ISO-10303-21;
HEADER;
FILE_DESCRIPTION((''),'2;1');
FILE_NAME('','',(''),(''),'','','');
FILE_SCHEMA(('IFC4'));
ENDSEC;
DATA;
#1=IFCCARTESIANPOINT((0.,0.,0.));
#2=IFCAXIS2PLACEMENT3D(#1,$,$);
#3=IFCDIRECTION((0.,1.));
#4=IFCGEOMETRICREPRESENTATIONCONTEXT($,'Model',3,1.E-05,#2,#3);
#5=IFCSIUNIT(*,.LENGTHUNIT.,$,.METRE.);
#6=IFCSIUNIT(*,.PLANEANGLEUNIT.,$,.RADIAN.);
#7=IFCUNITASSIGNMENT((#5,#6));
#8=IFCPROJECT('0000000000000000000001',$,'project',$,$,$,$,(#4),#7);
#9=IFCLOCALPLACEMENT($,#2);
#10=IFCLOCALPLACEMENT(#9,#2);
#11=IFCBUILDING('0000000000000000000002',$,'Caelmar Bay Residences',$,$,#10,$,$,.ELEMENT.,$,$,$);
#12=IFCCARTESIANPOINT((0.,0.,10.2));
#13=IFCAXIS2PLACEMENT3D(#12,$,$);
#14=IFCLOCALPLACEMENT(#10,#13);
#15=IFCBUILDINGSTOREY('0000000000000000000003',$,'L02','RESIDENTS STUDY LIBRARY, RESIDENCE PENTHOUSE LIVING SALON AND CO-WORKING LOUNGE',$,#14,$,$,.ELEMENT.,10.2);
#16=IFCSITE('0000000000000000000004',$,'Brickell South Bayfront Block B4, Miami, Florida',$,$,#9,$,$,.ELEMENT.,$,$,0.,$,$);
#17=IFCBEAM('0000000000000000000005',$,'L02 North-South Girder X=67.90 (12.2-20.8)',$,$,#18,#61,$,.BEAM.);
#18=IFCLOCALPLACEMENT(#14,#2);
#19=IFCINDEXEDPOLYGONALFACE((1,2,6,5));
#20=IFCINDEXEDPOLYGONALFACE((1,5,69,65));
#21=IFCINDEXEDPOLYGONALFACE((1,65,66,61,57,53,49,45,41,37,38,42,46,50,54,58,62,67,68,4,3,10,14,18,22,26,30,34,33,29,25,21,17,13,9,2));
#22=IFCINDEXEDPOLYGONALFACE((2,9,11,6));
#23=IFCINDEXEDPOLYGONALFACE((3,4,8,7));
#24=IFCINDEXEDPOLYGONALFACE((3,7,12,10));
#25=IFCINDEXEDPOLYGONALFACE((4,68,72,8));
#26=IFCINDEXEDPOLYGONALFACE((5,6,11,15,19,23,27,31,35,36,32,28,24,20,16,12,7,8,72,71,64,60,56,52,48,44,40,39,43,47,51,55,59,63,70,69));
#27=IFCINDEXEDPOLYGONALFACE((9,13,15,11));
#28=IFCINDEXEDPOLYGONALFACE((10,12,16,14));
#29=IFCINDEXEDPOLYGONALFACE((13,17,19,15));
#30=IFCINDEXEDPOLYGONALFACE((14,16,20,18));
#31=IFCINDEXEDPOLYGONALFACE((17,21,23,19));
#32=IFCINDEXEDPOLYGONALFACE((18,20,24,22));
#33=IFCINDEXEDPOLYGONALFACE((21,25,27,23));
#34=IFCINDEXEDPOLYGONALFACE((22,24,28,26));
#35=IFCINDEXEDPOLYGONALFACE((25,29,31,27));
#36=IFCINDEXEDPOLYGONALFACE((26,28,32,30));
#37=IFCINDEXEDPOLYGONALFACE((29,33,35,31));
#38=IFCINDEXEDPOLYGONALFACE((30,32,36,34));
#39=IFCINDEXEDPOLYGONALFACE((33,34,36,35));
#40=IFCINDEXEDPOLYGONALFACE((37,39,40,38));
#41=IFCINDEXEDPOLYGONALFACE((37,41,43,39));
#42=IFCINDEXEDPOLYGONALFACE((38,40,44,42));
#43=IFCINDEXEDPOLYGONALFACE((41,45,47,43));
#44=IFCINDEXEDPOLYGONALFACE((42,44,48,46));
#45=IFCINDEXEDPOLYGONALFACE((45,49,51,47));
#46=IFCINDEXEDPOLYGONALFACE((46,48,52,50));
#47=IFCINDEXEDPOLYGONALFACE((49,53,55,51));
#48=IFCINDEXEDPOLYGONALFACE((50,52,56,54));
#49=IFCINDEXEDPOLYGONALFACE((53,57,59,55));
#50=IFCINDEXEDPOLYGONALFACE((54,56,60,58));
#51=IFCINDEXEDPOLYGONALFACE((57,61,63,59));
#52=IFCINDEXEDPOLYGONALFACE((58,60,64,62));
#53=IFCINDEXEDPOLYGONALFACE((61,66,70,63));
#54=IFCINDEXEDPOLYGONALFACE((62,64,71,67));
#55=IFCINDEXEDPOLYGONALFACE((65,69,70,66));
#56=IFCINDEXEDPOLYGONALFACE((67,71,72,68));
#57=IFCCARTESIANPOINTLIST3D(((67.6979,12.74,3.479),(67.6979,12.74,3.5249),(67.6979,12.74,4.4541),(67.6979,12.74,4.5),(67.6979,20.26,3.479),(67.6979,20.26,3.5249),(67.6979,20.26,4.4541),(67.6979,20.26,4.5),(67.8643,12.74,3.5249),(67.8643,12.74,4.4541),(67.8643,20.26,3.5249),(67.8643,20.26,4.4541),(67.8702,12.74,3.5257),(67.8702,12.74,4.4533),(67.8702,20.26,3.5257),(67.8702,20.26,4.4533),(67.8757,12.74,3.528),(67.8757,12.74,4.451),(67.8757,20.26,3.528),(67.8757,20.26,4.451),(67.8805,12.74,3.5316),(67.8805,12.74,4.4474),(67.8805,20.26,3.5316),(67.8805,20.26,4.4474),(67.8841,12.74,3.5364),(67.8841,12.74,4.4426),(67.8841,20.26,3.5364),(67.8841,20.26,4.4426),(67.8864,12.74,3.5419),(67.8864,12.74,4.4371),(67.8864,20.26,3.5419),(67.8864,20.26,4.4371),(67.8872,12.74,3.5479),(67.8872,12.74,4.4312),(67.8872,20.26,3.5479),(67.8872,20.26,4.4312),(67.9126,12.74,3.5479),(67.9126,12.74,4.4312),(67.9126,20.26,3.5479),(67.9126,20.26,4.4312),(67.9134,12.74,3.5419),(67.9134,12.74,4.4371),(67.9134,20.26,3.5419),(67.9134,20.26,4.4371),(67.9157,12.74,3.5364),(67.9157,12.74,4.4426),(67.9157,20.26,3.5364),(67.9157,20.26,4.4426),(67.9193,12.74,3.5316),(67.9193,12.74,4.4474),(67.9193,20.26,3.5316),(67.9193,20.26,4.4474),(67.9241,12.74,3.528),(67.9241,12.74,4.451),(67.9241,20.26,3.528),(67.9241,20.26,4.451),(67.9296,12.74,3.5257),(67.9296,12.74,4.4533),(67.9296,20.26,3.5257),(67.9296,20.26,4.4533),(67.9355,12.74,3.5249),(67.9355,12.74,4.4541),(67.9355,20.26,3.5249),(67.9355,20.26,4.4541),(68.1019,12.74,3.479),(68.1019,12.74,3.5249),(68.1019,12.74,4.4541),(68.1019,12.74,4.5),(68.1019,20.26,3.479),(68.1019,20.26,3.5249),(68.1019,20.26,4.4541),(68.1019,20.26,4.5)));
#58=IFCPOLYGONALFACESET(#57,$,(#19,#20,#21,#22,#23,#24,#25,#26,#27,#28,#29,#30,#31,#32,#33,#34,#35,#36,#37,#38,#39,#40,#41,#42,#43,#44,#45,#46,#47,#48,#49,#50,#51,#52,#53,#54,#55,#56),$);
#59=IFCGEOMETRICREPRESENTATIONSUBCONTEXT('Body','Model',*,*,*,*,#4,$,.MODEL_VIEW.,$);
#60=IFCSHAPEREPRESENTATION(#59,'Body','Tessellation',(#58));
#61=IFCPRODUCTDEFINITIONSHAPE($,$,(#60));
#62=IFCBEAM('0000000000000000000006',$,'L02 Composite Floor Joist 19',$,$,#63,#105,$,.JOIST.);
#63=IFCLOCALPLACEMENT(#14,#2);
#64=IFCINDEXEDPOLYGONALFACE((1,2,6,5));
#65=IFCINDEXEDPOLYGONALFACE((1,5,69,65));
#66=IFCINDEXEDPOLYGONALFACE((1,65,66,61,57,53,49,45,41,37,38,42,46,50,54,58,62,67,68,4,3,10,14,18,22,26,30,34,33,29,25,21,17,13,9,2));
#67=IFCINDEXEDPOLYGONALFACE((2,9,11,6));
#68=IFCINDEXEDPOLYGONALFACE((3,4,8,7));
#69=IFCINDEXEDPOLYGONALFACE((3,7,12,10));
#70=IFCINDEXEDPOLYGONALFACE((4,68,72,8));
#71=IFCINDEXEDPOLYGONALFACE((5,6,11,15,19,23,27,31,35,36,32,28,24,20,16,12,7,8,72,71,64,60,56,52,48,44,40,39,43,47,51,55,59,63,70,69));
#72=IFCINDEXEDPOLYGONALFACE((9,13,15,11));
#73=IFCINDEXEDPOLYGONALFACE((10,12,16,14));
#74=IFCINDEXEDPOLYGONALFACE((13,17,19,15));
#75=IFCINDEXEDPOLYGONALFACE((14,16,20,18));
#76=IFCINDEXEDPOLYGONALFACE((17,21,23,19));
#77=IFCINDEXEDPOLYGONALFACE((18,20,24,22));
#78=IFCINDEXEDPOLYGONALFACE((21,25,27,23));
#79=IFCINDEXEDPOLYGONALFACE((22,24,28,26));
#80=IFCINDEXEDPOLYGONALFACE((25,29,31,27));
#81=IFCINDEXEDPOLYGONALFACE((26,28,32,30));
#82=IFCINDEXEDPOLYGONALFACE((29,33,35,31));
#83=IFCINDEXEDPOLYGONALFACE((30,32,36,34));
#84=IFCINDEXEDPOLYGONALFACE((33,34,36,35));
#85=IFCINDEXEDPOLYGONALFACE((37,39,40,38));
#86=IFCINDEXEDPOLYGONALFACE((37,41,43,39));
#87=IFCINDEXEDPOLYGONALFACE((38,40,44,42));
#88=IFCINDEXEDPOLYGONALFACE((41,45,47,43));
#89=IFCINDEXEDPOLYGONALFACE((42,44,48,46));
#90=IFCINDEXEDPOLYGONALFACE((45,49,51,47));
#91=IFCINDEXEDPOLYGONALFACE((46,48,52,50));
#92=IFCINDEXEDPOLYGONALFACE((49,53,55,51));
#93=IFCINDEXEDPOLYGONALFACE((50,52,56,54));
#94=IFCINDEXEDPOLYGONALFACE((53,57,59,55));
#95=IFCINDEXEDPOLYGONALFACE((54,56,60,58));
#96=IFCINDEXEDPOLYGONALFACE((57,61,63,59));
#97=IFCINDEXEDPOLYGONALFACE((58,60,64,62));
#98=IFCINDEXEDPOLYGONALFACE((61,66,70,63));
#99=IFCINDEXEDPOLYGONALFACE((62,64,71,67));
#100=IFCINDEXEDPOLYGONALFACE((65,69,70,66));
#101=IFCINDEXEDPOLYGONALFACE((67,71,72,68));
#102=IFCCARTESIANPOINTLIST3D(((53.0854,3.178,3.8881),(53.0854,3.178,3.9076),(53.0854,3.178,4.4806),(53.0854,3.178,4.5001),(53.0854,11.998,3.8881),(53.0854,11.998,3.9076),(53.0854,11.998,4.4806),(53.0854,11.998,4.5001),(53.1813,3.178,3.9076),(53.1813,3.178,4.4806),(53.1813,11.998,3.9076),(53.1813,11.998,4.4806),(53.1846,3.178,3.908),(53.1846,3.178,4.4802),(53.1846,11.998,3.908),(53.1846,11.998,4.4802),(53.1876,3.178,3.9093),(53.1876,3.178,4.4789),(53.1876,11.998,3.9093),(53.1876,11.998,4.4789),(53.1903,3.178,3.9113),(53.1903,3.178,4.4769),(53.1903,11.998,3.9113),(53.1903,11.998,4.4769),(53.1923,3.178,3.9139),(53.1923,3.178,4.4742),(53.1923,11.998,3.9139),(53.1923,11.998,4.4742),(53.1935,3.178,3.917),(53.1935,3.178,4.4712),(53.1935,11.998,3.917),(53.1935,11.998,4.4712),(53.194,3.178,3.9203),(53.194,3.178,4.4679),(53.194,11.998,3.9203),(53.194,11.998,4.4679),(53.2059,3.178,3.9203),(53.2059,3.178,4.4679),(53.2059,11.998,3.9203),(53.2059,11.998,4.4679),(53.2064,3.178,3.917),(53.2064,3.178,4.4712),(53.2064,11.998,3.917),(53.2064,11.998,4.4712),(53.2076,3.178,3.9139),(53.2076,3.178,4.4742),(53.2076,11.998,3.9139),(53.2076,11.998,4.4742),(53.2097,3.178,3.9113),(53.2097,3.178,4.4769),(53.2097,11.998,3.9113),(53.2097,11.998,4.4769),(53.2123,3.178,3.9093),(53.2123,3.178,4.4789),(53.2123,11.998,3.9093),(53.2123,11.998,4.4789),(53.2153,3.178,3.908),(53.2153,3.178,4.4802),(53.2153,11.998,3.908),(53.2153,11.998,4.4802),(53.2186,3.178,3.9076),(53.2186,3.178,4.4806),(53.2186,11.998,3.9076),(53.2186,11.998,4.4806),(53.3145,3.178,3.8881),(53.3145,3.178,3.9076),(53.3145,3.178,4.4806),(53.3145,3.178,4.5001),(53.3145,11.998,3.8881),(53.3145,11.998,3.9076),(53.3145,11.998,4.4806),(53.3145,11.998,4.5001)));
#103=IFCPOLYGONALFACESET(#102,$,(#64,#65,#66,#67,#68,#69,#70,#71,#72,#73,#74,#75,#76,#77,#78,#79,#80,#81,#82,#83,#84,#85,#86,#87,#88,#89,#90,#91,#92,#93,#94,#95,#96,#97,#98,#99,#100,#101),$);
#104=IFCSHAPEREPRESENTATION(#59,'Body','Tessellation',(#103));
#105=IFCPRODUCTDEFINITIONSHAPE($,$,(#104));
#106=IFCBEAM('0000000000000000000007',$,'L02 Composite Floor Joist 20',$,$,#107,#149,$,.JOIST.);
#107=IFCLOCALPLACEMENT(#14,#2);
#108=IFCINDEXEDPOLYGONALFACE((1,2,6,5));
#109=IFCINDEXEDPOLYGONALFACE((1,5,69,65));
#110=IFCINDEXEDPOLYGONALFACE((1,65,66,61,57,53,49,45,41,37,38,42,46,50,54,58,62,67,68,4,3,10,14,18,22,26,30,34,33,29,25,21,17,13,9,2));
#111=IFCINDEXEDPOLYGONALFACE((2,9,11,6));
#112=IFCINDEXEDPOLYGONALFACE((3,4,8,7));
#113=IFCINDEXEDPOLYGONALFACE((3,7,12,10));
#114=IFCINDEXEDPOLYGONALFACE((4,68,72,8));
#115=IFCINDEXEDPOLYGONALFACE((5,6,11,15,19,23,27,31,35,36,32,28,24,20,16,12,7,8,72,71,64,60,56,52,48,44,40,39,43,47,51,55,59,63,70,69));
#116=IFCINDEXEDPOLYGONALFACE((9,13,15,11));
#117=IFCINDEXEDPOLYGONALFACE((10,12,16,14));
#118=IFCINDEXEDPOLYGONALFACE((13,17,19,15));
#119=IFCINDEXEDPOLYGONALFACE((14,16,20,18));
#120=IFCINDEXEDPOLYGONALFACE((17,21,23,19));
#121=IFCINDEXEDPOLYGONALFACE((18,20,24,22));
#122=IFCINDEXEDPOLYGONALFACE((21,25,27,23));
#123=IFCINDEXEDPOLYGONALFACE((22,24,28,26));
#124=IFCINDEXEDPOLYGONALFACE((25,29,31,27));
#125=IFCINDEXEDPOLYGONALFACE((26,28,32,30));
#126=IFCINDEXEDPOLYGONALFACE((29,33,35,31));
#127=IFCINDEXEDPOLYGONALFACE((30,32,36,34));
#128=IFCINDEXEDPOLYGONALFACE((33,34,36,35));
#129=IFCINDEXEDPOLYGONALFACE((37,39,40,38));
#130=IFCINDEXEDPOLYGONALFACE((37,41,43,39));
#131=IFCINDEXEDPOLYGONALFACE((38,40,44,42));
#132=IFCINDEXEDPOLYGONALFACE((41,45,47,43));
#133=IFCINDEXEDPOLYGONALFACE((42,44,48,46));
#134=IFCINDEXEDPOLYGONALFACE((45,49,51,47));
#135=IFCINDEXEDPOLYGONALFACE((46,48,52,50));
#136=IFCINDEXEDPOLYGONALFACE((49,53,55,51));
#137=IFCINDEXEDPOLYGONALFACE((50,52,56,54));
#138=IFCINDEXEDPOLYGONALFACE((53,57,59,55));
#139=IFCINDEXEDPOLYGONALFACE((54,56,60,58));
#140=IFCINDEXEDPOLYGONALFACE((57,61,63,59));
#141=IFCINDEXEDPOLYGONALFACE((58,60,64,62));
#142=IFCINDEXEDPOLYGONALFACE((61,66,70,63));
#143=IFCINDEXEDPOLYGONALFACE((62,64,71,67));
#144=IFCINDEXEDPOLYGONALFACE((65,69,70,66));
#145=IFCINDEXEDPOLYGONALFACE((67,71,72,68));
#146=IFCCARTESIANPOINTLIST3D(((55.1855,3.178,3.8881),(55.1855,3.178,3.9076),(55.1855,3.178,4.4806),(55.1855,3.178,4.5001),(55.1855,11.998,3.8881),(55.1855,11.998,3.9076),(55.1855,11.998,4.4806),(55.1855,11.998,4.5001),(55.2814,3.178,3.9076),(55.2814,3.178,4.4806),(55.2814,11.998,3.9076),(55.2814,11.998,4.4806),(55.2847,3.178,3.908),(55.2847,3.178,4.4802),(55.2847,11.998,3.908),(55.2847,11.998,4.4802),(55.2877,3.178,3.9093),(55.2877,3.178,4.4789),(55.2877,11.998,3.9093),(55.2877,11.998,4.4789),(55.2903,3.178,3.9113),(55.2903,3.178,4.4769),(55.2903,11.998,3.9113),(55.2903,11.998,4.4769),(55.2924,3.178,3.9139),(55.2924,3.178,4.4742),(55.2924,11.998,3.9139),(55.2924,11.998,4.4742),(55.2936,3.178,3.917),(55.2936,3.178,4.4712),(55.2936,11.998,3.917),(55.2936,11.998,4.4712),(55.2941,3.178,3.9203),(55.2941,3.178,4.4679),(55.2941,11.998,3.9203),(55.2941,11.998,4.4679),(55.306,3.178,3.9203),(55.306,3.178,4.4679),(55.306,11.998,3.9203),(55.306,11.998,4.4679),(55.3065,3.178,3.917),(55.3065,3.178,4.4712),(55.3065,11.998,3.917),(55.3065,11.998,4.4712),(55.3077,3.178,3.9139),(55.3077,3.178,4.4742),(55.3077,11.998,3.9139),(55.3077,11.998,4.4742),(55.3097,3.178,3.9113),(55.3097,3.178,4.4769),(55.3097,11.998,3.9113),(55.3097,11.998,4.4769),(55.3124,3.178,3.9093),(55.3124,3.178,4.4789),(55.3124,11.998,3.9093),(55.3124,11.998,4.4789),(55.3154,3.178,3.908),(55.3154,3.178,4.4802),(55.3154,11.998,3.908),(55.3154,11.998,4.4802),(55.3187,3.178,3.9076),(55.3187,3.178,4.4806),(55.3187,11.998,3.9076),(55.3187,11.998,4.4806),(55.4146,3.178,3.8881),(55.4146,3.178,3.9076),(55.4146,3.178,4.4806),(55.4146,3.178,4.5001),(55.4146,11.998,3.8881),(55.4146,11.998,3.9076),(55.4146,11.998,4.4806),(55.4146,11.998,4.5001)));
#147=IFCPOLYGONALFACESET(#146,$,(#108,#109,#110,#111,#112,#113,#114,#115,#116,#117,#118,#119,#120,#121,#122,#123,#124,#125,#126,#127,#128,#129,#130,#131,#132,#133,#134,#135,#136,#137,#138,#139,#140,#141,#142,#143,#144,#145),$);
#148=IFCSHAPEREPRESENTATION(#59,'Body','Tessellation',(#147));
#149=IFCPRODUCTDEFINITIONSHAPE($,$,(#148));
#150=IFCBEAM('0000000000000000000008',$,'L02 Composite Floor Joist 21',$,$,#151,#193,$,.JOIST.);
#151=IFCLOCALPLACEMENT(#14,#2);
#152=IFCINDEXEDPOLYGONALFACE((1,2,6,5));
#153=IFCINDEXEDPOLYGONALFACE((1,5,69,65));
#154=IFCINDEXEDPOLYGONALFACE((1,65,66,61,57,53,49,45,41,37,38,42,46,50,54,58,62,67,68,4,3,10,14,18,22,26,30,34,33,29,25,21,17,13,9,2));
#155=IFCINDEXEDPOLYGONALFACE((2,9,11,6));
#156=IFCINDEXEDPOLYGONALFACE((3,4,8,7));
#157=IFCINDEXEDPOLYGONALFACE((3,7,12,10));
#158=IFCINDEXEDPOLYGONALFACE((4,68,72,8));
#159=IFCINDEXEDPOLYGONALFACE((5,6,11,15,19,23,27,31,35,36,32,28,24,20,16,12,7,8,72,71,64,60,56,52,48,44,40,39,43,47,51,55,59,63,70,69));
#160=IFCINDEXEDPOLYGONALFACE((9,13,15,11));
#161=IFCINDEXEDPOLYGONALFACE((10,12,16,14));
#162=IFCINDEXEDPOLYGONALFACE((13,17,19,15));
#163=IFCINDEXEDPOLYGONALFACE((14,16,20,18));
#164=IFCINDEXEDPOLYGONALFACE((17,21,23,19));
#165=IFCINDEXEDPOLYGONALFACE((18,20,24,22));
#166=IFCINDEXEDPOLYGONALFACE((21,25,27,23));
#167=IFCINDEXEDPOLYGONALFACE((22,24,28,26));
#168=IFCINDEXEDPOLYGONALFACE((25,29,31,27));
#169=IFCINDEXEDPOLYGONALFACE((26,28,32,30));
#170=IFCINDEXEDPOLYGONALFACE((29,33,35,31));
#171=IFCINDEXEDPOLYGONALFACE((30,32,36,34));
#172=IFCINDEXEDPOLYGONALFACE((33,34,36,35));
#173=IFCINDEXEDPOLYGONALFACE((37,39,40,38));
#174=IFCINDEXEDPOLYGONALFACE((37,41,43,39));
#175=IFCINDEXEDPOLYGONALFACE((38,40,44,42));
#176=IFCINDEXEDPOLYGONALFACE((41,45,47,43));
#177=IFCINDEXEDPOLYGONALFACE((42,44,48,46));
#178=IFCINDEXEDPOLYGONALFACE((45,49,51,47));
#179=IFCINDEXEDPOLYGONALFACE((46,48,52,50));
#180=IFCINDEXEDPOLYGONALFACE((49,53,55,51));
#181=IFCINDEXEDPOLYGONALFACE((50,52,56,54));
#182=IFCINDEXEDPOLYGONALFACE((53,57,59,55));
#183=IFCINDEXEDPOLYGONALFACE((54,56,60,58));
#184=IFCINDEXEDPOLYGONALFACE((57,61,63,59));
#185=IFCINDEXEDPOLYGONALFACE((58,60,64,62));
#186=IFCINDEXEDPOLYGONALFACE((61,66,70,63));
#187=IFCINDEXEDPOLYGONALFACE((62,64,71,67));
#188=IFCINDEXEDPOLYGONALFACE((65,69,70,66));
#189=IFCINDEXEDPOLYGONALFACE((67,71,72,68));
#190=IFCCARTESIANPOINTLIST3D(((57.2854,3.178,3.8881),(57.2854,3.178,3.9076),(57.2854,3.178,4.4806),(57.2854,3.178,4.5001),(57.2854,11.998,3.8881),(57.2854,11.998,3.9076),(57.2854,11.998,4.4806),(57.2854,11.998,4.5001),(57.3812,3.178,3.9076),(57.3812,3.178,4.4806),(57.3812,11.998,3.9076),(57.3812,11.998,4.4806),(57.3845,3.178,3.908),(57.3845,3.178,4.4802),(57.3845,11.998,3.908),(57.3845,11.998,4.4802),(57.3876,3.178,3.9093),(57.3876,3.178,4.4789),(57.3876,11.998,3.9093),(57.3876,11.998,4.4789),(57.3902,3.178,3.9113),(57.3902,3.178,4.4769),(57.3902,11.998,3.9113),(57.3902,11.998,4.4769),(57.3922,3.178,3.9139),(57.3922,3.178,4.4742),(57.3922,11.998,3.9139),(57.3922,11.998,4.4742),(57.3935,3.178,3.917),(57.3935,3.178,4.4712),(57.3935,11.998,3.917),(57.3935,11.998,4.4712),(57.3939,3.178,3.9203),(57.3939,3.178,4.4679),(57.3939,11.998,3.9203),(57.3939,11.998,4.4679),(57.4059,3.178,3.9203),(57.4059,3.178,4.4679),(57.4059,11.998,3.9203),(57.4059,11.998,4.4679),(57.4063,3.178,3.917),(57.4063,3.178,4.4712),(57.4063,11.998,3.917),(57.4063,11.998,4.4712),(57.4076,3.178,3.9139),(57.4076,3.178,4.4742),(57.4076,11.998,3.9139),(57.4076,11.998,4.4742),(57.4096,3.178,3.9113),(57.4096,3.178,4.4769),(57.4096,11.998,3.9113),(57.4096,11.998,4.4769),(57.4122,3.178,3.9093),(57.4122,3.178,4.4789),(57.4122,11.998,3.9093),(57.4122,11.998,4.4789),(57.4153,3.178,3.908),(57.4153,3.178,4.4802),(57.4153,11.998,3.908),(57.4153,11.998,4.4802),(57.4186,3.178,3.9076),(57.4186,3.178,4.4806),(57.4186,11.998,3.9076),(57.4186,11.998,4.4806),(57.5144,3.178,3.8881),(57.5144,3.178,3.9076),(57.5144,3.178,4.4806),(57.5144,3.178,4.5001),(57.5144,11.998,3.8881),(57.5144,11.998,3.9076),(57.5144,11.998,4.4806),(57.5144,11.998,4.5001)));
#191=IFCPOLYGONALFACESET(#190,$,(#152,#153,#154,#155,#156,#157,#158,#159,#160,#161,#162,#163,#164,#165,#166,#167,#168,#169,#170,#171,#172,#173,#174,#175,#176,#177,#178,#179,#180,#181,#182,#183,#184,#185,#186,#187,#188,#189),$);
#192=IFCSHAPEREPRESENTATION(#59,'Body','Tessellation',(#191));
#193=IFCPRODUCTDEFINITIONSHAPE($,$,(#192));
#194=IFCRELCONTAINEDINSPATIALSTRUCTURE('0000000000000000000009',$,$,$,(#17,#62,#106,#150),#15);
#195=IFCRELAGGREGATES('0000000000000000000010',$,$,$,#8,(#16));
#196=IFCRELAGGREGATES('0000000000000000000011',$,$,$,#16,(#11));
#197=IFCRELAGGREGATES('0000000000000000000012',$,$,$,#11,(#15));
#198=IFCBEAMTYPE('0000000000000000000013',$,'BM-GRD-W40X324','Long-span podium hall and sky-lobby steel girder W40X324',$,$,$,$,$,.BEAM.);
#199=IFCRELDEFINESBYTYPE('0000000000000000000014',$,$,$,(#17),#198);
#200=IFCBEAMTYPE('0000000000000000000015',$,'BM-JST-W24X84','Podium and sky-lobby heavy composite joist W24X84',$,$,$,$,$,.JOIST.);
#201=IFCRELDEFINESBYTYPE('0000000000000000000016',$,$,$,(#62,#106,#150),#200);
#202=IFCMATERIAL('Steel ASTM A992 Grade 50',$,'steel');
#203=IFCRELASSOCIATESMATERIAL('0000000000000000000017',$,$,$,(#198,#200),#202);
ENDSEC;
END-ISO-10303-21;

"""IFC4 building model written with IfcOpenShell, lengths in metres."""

from ifc_helpers import new_model, si_unit, direction, frame, origin, origin_2d, place, context, subcontext, project, spatial, i_section, extrude, material, material_profile, profile_set, type_object, element, save


model = new_model("IFC4")

# Units and contexts
model_context = context("Model", 3, precision=1e-05, world=origin(), true_north=direction((0.0, 1.0)))
body_context = subcontext(model_context, "Body", "Model", "MODEL_VIEW")
ifc_project = project(units=[si_unit("LENGTHUNIT", "METRE"), si_unit("PLANEANGLEUNIT", "RADIAN")], contexts=[model_context])

# Site, building, storey
site_placement = place(None, origin())
site = spatial("IfcSite", under=ifc_project, at=site_placement, Name="Brickell South Bayfront Block B4, Miami, Florida", CompositionType="ELEMENT", RefElevation=0.0)
building_placement = place(site_placement, origin())
building = spatial("IfcBuilding", under=site, at=building_placement, Name="Caelmar Bay Residences", CompositionType="ELEMENT")
storey_placement = place(building_placement, frame((0.0, 0.0, 10.2)))
storey = spatial("IfcBuildingStorey", under=building, at=storey_placement, Name="L02", Description="RESIDENTS STUDY LIBRARY, RESIDENCE PENTHOUSE LIVING SALON AND CO-WORKING LOUNGE", CompositionType="ELEMENT", Elevation=10.2)

# Beams
ifc_material_1 = material(Name="Steel ASTM A992 Grade 50", Category="steel")
ifc_material_profile_1 = material_profile(ifc_material_1, i_section(OverallWidth=0.4041, OverallDepth=1.021, WebThickness=0.0254, FlangeThickness=0.0459, FilletRadius=0.0229, at=origin_2d()), Name="W40X324")
ifc_profile_set_1 = profile_set([ifc_material_profile_1], Name="Steel ASTM A992 Grade 50")
beam_type_1 = type_object("IfcBeamType", Name="BM-GRD-W40X324", Description="Long-span podium hall and sky-lobby steel girder W40X324", PredefinedType="BEAM", material=ifc_profile_set_1)
beam_1_placement = place(storey_placement, frame((67.8999, 12.74, 3.9895), z_axis=(0.0, 1.0, 0.0), x_axis=(-1.0, 0.0, 0.0)))
element("IfcBeam", 1, at=beam_1_placement, inside=storey, type_object=beam_type_1, Name="L02 North-South Girder X=67.90 (12.2-20.8)", PredefinedType="BEAM", context=body_context, shape_type="SweptSolid", body=[
    extrude(i_section(OverallWidth=0.4041, OverallDepth=1.021, WebThickness=0.0254, FlangeThickness=0.0459, FilletRadius=0.0229, at=origin_2d()), origin(), (0.0, 0.0, 1.0), 7.52),
])
ifc_material_profile_2 = material_profile(ifc_material_1, i_section(OverallWidth=0.229, OverallDepth=0.6121, WebThickness=0.012, FlangeThickness=0.0195, FilletRadius=0.0127, at=origin_2d()), Name="W24X84")
ifc_profile_set_2 = profile_set([ifc_material_profile_2], Name="Steel ASTM A992 Grade 50")
beam_type_2 = type_object("IfcBeamType", Name="BM-JST-W24X84", Description="Podium and sky-lobby heavy composite joist W24X84", PredefinedType="JOIST", material=ifc_profile_set_2)
for number, where, z_axis, x_axis, name in (
    (2, (53.2, 3.178, 4.1941), (0.0, 1.0, 0.0), (-1.0, 0.0, 0.0), "L02 Composite Floor Joist 19"),
    (3, (55.3, 3.178, 4.1941), (0.0, 1.0, 0.0), (-1.0, 0.0, 0.0), "L02 Composite Floor Joist 20"),
    (4, (57.3999, 3.178, 4.1941), (0.0, 1.0, 0.0), (-1.0, 0.0, 0.0), "L02 Composite Floor Joist 21"),
):
    element("IfcBeam", number, at=place(storey_placement, frame(where, z_axis=z_axis, x_axis=x_axis)), inside=storey, type_object=beam_type_2, Name=name, PredefinedType="JOIST", context=body_context, shape_type="SweptSolid", body=[
        extrude(i_section(OverallWidth=0.229, OverallDepth=0.6121, WebThickness=0.012, FlangeThickness=0.0195, FilletRadius=0.0127, at=origin_2d()), origin(), (0.0, 0.0, 1.0), 8.8201),
    ])

save(model, "model.ifc")
